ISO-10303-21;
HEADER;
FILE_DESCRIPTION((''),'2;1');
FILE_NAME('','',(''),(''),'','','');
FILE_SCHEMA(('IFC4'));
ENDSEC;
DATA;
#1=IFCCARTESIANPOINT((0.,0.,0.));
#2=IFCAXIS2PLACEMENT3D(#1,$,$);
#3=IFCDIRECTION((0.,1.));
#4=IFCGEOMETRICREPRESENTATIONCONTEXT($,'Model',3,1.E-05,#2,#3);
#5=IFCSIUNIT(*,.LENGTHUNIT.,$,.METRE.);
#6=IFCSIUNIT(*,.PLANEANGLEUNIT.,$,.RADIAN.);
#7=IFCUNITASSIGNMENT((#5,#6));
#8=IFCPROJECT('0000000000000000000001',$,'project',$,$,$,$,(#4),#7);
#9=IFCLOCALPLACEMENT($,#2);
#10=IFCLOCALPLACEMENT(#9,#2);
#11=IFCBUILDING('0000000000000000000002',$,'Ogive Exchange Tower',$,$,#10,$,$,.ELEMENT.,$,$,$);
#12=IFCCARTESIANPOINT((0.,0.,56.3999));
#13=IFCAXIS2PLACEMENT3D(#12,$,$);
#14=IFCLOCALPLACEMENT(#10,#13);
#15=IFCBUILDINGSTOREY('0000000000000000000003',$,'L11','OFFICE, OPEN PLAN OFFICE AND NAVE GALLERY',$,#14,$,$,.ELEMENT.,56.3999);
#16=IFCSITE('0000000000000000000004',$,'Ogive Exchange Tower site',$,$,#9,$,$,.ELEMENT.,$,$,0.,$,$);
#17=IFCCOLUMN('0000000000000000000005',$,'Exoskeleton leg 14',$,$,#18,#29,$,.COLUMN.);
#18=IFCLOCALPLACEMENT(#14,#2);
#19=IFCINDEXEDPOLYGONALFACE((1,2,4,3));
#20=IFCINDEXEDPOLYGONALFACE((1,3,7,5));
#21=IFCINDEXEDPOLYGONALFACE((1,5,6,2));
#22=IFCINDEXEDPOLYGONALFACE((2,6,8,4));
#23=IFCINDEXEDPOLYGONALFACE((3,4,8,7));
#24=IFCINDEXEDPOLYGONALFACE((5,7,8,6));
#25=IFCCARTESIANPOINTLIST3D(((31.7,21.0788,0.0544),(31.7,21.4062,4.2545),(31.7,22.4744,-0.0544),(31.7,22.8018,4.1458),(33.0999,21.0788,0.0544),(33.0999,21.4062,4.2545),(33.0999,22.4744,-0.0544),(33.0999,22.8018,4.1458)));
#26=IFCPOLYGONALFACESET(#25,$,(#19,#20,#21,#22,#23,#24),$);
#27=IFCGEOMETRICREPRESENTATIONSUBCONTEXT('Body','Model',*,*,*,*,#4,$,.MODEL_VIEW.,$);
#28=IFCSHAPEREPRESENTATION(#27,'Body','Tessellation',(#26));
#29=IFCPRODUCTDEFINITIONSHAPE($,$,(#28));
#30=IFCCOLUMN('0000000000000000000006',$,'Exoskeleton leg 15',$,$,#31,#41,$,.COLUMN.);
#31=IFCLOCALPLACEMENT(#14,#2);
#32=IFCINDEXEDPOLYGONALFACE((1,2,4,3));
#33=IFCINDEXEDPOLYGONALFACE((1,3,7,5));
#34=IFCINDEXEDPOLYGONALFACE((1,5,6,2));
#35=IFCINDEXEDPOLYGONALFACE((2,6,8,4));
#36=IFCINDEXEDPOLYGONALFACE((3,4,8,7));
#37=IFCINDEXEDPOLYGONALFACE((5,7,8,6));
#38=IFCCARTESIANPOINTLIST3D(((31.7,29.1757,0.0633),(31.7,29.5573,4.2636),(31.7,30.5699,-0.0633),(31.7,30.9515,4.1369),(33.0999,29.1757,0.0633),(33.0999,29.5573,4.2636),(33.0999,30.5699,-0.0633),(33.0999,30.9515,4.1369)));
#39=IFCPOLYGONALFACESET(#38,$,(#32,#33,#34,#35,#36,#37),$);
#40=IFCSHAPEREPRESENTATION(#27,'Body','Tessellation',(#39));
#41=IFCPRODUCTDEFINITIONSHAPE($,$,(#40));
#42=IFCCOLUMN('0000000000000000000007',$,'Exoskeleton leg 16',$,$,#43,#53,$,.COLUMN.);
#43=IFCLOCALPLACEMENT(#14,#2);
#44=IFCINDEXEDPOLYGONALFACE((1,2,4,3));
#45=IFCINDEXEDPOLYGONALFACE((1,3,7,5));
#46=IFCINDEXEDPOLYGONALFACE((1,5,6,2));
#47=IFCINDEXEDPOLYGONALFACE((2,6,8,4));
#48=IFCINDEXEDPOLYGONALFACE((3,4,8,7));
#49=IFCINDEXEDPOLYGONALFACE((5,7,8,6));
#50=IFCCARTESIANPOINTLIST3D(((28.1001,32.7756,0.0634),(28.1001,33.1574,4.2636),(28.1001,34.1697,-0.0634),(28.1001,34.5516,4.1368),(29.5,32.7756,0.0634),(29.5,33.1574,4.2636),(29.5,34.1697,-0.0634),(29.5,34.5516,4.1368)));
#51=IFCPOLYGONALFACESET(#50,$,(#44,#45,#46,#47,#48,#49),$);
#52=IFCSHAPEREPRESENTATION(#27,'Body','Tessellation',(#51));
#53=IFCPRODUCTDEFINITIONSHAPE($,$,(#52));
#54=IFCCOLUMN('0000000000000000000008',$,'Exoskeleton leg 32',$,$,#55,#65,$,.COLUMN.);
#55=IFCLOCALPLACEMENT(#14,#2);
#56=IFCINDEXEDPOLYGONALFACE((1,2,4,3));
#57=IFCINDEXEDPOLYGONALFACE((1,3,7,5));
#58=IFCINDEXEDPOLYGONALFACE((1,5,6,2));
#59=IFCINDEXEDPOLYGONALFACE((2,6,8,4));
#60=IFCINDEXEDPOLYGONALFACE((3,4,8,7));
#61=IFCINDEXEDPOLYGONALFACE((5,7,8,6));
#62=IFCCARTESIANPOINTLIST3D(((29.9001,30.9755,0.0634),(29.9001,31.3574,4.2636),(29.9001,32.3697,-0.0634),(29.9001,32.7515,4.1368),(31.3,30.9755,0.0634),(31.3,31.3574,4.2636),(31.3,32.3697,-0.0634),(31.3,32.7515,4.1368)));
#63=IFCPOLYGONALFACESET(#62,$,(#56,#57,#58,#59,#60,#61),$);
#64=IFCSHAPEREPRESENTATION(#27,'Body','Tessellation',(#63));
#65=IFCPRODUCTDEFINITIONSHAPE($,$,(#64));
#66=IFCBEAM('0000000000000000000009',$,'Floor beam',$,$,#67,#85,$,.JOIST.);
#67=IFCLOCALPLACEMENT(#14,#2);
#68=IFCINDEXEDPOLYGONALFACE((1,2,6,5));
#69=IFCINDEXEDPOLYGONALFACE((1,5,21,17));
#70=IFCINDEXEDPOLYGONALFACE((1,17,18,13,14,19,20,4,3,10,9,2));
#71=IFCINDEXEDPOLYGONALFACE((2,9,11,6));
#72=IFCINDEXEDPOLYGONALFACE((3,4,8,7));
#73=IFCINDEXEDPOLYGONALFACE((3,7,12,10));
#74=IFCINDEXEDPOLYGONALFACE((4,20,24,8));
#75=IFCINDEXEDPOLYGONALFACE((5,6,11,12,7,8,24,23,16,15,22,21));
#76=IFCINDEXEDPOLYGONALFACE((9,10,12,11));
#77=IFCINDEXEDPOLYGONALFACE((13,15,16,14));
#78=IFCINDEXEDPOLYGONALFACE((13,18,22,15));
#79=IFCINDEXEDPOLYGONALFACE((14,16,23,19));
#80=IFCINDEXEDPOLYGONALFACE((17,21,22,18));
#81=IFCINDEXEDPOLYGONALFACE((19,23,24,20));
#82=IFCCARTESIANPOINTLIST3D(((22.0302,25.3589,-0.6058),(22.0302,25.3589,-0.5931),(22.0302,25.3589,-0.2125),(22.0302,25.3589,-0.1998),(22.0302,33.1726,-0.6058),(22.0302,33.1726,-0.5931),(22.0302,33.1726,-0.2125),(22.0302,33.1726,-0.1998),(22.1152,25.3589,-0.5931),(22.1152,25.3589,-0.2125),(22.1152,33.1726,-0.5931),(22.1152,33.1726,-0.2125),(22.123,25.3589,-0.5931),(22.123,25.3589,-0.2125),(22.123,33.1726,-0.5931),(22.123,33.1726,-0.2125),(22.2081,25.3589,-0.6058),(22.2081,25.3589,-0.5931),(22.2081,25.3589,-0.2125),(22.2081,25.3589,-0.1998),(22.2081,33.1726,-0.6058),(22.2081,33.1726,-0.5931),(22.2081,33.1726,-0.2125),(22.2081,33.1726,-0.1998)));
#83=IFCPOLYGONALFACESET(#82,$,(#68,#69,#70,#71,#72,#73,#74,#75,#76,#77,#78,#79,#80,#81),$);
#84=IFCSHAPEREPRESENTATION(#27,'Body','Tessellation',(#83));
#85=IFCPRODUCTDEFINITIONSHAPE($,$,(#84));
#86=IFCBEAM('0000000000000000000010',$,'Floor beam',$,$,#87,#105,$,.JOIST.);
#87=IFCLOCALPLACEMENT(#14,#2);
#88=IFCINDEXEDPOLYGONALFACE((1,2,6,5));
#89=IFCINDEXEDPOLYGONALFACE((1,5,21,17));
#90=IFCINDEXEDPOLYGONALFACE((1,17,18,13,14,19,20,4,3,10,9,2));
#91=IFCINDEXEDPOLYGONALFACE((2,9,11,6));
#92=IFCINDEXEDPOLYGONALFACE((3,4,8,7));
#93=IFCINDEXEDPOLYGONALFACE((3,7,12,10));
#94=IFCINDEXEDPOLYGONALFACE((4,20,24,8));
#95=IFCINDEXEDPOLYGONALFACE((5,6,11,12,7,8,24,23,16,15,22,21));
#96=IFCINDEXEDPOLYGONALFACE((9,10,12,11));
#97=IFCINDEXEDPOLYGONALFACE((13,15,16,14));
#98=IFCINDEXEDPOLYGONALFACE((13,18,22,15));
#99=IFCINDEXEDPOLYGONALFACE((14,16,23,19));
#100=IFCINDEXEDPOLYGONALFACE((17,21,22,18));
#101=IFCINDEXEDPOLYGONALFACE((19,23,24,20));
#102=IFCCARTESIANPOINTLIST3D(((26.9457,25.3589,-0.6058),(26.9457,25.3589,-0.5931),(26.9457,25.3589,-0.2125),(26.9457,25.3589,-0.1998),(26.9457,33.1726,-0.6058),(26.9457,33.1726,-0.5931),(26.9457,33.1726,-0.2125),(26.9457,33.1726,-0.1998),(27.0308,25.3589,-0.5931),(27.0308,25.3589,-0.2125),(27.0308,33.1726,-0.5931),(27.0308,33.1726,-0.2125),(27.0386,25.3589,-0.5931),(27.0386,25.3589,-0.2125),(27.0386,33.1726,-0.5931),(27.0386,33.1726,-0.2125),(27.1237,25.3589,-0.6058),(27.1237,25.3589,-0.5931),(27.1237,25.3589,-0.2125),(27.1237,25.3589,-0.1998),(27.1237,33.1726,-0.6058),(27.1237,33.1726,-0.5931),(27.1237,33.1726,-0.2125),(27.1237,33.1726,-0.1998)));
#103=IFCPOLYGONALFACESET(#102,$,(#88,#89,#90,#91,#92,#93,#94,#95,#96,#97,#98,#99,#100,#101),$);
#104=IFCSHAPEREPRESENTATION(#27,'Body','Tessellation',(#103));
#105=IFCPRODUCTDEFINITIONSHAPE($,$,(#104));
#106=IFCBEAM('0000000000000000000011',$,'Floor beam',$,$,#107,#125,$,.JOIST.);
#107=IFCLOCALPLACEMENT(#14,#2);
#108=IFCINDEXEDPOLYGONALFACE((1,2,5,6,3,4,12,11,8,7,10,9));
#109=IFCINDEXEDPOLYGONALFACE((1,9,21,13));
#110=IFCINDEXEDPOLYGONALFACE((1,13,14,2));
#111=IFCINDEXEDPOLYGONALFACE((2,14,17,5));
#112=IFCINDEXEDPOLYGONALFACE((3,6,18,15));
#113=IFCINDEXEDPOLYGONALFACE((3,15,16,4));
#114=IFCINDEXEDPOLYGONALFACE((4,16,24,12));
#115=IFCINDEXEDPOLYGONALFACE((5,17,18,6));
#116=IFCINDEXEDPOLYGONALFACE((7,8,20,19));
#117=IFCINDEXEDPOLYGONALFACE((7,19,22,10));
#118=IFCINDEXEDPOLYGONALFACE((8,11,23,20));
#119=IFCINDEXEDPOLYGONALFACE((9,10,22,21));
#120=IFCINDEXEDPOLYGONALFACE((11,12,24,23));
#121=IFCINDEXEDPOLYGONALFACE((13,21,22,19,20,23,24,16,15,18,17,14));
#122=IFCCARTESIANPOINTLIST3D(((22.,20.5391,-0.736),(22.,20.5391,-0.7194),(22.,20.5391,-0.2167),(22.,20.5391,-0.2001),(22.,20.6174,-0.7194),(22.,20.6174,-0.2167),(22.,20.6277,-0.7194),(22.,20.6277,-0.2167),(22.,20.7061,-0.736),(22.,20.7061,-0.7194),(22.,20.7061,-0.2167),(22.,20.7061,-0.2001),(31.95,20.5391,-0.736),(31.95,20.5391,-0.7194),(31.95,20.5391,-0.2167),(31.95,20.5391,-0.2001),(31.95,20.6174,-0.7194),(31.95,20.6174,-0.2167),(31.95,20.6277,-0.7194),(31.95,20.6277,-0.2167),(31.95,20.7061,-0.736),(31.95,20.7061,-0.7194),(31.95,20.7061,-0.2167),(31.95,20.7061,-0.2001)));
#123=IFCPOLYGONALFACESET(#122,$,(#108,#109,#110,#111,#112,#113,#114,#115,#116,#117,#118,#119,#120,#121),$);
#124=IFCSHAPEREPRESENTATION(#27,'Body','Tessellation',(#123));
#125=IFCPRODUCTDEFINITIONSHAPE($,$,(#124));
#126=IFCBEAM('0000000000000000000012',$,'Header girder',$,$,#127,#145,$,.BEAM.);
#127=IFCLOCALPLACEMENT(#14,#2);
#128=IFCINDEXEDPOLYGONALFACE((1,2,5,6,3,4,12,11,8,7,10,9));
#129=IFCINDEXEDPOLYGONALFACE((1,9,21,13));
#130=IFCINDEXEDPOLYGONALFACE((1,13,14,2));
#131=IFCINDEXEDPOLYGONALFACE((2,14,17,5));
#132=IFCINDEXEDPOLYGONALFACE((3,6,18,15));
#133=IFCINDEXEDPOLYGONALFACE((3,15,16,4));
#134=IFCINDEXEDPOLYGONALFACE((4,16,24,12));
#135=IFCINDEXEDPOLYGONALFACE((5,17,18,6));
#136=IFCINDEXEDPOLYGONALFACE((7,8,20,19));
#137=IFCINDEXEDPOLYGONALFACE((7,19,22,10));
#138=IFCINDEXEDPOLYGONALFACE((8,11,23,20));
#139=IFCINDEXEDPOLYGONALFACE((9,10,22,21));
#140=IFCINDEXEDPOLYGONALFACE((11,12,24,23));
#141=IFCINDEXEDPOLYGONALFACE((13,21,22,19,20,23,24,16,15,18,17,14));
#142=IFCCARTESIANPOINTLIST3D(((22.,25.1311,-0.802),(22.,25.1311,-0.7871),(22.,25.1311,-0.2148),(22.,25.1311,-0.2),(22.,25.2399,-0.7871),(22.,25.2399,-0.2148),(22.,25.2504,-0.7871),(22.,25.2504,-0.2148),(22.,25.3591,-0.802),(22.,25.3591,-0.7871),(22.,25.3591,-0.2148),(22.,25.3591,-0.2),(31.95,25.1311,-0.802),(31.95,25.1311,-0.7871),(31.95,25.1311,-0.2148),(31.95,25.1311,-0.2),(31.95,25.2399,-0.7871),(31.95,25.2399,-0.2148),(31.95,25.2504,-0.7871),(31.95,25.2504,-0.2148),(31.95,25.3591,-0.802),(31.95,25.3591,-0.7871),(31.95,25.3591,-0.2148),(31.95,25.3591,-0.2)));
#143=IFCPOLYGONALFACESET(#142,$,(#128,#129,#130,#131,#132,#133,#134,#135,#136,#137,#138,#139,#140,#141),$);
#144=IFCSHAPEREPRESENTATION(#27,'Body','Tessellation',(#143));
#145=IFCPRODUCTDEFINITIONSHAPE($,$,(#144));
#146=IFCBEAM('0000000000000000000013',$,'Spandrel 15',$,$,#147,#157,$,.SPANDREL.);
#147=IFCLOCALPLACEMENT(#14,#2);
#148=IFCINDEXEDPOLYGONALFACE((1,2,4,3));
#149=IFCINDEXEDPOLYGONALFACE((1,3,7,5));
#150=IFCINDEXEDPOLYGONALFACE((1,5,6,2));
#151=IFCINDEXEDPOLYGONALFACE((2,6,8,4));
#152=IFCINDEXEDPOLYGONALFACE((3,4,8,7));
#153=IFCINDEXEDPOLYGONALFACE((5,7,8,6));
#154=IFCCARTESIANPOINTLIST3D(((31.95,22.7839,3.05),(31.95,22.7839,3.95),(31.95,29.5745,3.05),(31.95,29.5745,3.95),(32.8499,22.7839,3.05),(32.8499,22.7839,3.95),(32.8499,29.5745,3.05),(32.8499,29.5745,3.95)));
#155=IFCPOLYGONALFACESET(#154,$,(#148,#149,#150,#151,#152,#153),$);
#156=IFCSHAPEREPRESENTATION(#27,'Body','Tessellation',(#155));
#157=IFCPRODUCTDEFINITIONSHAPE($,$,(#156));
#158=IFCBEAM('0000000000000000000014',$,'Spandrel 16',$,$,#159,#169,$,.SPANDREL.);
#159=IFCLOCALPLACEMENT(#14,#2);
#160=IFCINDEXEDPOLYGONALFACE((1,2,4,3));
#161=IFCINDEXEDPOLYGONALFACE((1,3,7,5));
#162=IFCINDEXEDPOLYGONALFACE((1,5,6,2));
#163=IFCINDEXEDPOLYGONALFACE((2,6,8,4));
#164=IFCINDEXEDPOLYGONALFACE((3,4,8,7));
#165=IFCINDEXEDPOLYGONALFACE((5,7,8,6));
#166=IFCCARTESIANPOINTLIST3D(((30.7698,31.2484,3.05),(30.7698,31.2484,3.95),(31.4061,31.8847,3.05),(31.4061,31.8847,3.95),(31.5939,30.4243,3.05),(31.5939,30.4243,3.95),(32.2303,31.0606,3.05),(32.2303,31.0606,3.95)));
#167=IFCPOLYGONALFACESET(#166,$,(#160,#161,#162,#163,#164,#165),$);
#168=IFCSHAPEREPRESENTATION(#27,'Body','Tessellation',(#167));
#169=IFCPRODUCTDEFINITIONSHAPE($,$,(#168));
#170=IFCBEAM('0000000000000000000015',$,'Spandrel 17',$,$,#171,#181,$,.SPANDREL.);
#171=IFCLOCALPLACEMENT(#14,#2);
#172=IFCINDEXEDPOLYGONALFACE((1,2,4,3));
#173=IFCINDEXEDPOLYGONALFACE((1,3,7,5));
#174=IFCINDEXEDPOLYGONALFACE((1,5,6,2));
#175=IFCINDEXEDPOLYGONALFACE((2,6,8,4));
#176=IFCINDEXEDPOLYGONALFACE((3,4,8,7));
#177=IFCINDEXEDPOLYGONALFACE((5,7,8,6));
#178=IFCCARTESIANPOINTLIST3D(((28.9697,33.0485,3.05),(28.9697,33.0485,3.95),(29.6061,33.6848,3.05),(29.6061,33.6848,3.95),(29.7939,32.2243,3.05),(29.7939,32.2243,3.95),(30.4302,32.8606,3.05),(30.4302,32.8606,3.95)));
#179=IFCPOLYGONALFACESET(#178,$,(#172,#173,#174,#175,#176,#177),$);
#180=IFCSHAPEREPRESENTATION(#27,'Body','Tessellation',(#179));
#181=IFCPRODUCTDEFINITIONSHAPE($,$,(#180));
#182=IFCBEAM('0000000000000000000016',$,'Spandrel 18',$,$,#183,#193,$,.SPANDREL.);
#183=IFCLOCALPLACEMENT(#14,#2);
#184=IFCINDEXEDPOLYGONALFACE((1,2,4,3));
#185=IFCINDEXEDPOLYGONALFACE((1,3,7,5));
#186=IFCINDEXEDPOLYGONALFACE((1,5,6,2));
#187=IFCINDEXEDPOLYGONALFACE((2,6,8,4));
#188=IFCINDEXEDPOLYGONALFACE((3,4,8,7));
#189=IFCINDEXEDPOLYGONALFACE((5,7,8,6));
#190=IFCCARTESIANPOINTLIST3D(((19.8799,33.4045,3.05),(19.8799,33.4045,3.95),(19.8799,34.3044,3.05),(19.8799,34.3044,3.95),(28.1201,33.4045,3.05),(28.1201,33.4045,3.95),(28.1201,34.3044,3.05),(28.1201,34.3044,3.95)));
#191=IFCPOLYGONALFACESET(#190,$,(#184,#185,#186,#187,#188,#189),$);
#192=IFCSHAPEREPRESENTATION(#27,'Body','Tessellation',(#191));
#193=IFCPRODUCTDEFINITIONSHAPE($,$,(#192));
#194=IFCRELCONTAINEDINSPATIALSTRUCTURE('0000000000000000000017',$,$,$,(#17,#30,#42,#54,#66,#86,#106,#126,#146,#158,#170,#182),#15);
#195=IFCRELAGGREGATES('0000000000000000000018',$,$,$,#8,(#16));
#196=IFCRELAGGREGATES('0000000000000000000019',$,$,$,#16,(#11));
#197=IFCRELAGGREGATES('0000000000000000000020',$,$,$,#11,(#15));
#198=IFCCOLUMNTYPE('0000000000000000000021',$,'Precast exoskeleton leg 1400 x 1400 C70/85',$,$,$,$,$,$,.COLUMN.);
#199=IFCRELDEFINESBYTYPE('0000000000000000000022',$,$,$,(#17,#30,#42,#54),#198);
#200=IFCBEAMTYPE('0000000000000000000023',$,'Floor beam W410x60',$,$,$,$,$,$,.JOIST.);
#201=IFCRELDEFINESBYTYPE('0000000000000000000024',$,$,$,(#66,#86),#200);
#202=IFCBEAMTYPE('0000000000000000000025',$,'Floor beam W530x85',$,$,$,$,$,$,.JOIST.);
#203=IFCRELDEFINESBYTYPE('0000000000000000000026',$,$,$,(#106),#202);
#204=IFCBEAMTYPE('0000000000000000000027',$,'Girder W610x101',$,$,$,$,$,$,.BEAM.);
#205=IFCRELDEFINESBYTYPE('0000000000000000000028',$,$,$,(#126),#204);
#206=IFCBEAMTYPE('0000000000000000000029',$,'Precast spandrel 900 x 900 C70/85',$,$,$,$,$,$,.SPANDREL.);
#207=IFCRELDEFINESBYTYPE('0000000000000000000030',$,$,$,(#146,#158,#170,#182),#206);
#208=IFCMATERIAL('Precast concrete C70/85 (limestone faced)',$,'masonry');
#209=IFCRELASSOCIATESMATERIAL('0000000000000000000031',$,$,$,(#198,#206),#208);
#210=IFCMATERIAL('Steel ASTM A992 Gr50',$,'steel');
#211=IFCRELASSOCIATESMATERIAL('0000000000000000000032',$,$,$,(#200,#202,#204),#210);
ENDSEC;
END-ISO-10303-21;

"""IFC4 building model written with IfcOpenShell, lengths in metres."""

from ifc_helpers import new_model, si_unit, direction, frame, origin, origin_2d, place, context, subcontext, project, spatial, rectangle, i_section, extrude, material, material_profile, profile_set, type_object, element, save


model = new_model("IFC4")

# Units and contexts
model_context = context("Model", 3, precision=1e-05, world=origin(), true_north=direction((0.0, 1.0)))
body_context = subcontext(model_context, "Body", "Model", "MODEL_VIEW")
ifc_project = project(units=[si_unit("LENGTHUNIT", "METRE"), si_unit("PLANEANGLEUNIT", "RADIAN")], contexts=[model_context])

# Site, building, storey
site_placement = place(None, origin())
site = spatial("IfcSite", under=ifc_project, at=site_placement, Name="Ogive Exchange Tower site", CompositionType="ELEMENT", RefElevation=0.0)
building_placement = place(site_placement, origin())
building = spatial("IfcBuilding", under=site, at=building_placement, Name="Ogive Exchange Tower", CompositionType="ELEMENT")
storey_placement = place(building_placement, frame((0.0, 0.0, 56.3999)))
storey = spatial("IfcBuildingStorey", under=building, at=storey_placement, Name="L11", Description="OFFICE, OPEN PLAN OFFICE AND NAVE GALLERY", CompositionType="ELEMENT", Elevation=56.3999)

# Columns
ifc_material_1 = material(Name="Precast concrete C70/85 (limestone faced)", Category="masonry")
ifc_material_profile_1 = material_profile(ifc_material_1, rectangle(XDim=1.3999, YDim=1.3999, at=origin_2d()), Name="1400 x 1400")
ifc_profile_set_1 = profile_set([ifc_material_profile_1], Name="Precast concrete C70/85 (limestone faced)")
column_type = type_object("IfcColumnType", Name="Precast exoskeleton leg 1400 x 1400 C70/85", PredefinedType="COLUMN", material=ifc_profile_set_1)
column_placement = place(storey_placement, frame((32.3999, 21.7766, 0.0), z_axis=(0.0, 0.077711, 0.996976), x_axis=(-1.0, 0.0, 0.0)))
element("IfcColumn", 1, at=column_placement, inside=storey, type_object=column_type, Name="Exoskeleton leg 14", PredefinedType="COLUMN", context=body_context, shape_type="SweptSolid", body=[
    extrude(rectangle(XDim=1.3999, YDim=1.3999, at=origin_2d()), origin(), (0.0, 0.0, 1.0), 4.2129),
])
for number, where, z_axis, x_axis, name in (
    (2, (32.3999, 29.8728, 0.0), (0.0, 0.090478, 0.995898), (-1.0, 0.0, 0.0), "Exoskeleton leg 15"),
    (3, (28.8, 33.4727, 0.0), (0.0, 0.090536, 0.995893), (-1.0, 0.0, 0.0), "Exoskeleton leg 16"),
    (4, (30.6001, 31.6726, 0.0), (0.0, 0.090536, 0.995893), (-1.0, 0.0, 0.0), "Exoskeleton leg 32"),
):
    element("IfcColumn", number, at=place(storey_placement, frame(where, z_axis=z_axis, x_axis=x_axis)), inside=storey, type_object=column_type, Name=name, PredefinedType="COLUMN", context=body_context, shape_type="SweptSolid", body=[
        extrude(rectangle(XDim=1.3999, YDim=1.3999, at=origin_2d()), origin(), (0.0, 0.0, 1.0), 4.2175),
    ])

# Beams
ifc_material_2 = material(Name="Steel ASTM A992 Gr50", Category="steel")
ifc_material_profile_2 = material_profile(ifc_material_2, i_section(OverallWidth=0.178, OverallDepth=0.406, WebThickness=0.0078, FlangeThickness=0.0127, at=origin_2d()), Name="W410x60")
ifc_profile_set_2 = profile_set([ifc_material_profile_2], Name="Steel ASTM A992 Gr50")
beam_type_1 = type_object("IfcBeamType", Name="Floor beam W410x60", PredefinedType="JOIST", material=ifc_profile_set_2)
for number, where, z_axis, x_axis, name in (
    (5, (22.1191, 25.3589, -0.4028), (0.0, 1.0, 0.0), (-1.0, 0.0, 0.0), "Floor beam"),
    (6, (27.0347, 25.3589, -0.4028), (0.0, 1.0, 0.0), (-1.0, 0.0, 0.0), "Floor beam"),
):
    element("IfcBeam", number, at=place(storey_placement, frame(where, z_axis=z_axis, x_axis=x_axis)), inside=storey, type_object=beam_type_1, Name=name, PredefinedType="JOIST", context=body_context, shape_type="SweptSolid", body=[
        extrude(i_section(OverallWidth=0.178, OverallDepth=0.406, WebThickness=0.0078, FlangeThickness=0.0127, at=origin_2d()), origin(), (0.0, 0.0, 1.0), 7.8137),
    ])
ifc_material_profile_3 = material_profile(ifc_material_2, i_section(OverallWidth=0.167, OverallDepth=0.5359, WebThickness=0.0103, FlangeThickness=0.0166, at=origin_2d()), Name="W530x85")
ifc_profile_set_3 = profile_set([ifc_material_profile_3], Name="Steel ASTM A992 Gr50")
beam_type_2 = type_object("IfcBeamType", Name="Floor beam W530x85", PredefinedType="JOIST", material=ifc_profile_set_3)
beam_1_placement = place(storey_placement, frame((22.0, 20.6226, -0.468), z_axis=(1.0, 0.0, 0.0), x_axis=(0.0, 1.0, 0.0)))
element("IfcBeam", 7, at=beam_1_placement, inside=storey, type_object=beam_type_2, Name="Floor beam", PredefinedType="JOIST", context=body_context, shape_type="SweptSolid", body=[
    extrude(i_section(OverallWidth=0.167, OverallDepth=0.5359, WebThickness=0.0103, FlangeThickness=0.0166, at=origin_2d()), origin(), (0.0, 0.0, 1.0), 9.95),
])
ifc_material_profile_4 = material_profile(ifc_material_2, i_section(OverallWidth=0.228, OverallDepth=0.6021, WebThickness=0.0105, FlangeThickness=0.0149, at=origin_2d()), Name="W610x101")
ifc_profile_set_4 = profile_set([ifc_material_profile_4], Name="Steel ASTM A992 Gr50")
beam_type_3 = type_object("IfcBeamType", Name="Girder W610x101", PredefinedType="BEAM", material=ifc_profile_set_4)
beam_2_placement = place(storey_placement, frame((22.0, 25.2451, -0.501), z_axis=(1.0, 0.0, 0.0), x_axis=(0.0, 1.0, 0.0)))
element("IfcBeam", 8, at=beam_2_placement, inside=storey, type_object=beam_type_3, Name="Header girder", PredefinedType="BEAM", context=body_context, shape_type="SweptSolid", body=[
    extrude(i_section(OverallWidth=0.228, OverallDepth=0.6021, WebThickness=0.0105, FlangeThickness=0.0149, at=origin_2d()), origin(), (0.0, 0.0, 1.0), 9.95),
])
ifc_material_profile_5 = material_profile(ifc_material_1, rectangle(XDim=0.8999, YDim=0.8999, at=origin_2d()), Name="900 x 900")
ifc_profile_set_5 = profile_set([ifc_material_profile_5], Name="Precast concrete C70/85 (limestone faced)")
beam_type_4 = type_object("IfcBeamType", Name="Precast spandrel 900 x 900 C70/85", PredefinedType="SPANDREL", material=ifc_profile_set_5)
beam_3_placement = place(storey_placement, frame((32.3999, 22.7839, 3.5), z_axis=(0.0, 1.0, 0.0), x_axis=(-1.0, 0.0, 0.0)))
element("IfcBeam", 9, at=beam_3_placement, inside=storey, type_object=beam_type_4, Name="Spandrel 15", PredefinedType="SPANDREL", context=body_context, shape_type="SweptSolid", body=[
    extrude(rectangle(XDim=0.8999, YDim=0.8999, at=origin_2d()), origin(), (0.0, 0.0, 1.0), 6.7905),
])
for number, where, z_axis, x_axis, name in (
    (10, (31.9121, 30.7424, 3.5), (-0.707107, 0.707107, 0.0), (-0.707107, -0.707107, 0.0), "Spandrel 16"),
    (11, (30.1121, 32.5425, 3.5), (-0.707107, 0.707107, 0.0), (-0.707107, -0.707107, 0.0), "Spandrel 17"),
):
    element("IfcBeam", number, at=place(storey_placement, frame(where, z_axis=z_axis, x_axis=x_axis)), inside=storey, type_object=beam_type_4, Name=name, PredefinedType="SPANDREL", context=body_context, shape_type="SweptSolid", body=[
        extrude(rectangle(XDim=0.8999, YDim=0.8999, at=origin_2d()), origin(), (0.0, 0.0, 1.0), 1.1655),
    ])
beam_4_placement = place(storey_placement, frame((28.1201, 33.8545, 3.5), z_axis=(-1.0, 0.0, 0.0), x_axis=(0.0, -1.0, 0.0)))
element("IfcBeam", 12, at=beam_4_placement, inside=storey, type_object=beam_type_4, Name="Spandrel 18", PredefinedType="SPANDREL", context=body_context, shape_type="SweptSolid", body=[
    extrude(rectangle(XDim=0.8999, YDim=0.8999, at=origin_2d()), origin(), (0.0, 0.0, 1.0), 8.2402),
])

save(model, "model.ifc")
